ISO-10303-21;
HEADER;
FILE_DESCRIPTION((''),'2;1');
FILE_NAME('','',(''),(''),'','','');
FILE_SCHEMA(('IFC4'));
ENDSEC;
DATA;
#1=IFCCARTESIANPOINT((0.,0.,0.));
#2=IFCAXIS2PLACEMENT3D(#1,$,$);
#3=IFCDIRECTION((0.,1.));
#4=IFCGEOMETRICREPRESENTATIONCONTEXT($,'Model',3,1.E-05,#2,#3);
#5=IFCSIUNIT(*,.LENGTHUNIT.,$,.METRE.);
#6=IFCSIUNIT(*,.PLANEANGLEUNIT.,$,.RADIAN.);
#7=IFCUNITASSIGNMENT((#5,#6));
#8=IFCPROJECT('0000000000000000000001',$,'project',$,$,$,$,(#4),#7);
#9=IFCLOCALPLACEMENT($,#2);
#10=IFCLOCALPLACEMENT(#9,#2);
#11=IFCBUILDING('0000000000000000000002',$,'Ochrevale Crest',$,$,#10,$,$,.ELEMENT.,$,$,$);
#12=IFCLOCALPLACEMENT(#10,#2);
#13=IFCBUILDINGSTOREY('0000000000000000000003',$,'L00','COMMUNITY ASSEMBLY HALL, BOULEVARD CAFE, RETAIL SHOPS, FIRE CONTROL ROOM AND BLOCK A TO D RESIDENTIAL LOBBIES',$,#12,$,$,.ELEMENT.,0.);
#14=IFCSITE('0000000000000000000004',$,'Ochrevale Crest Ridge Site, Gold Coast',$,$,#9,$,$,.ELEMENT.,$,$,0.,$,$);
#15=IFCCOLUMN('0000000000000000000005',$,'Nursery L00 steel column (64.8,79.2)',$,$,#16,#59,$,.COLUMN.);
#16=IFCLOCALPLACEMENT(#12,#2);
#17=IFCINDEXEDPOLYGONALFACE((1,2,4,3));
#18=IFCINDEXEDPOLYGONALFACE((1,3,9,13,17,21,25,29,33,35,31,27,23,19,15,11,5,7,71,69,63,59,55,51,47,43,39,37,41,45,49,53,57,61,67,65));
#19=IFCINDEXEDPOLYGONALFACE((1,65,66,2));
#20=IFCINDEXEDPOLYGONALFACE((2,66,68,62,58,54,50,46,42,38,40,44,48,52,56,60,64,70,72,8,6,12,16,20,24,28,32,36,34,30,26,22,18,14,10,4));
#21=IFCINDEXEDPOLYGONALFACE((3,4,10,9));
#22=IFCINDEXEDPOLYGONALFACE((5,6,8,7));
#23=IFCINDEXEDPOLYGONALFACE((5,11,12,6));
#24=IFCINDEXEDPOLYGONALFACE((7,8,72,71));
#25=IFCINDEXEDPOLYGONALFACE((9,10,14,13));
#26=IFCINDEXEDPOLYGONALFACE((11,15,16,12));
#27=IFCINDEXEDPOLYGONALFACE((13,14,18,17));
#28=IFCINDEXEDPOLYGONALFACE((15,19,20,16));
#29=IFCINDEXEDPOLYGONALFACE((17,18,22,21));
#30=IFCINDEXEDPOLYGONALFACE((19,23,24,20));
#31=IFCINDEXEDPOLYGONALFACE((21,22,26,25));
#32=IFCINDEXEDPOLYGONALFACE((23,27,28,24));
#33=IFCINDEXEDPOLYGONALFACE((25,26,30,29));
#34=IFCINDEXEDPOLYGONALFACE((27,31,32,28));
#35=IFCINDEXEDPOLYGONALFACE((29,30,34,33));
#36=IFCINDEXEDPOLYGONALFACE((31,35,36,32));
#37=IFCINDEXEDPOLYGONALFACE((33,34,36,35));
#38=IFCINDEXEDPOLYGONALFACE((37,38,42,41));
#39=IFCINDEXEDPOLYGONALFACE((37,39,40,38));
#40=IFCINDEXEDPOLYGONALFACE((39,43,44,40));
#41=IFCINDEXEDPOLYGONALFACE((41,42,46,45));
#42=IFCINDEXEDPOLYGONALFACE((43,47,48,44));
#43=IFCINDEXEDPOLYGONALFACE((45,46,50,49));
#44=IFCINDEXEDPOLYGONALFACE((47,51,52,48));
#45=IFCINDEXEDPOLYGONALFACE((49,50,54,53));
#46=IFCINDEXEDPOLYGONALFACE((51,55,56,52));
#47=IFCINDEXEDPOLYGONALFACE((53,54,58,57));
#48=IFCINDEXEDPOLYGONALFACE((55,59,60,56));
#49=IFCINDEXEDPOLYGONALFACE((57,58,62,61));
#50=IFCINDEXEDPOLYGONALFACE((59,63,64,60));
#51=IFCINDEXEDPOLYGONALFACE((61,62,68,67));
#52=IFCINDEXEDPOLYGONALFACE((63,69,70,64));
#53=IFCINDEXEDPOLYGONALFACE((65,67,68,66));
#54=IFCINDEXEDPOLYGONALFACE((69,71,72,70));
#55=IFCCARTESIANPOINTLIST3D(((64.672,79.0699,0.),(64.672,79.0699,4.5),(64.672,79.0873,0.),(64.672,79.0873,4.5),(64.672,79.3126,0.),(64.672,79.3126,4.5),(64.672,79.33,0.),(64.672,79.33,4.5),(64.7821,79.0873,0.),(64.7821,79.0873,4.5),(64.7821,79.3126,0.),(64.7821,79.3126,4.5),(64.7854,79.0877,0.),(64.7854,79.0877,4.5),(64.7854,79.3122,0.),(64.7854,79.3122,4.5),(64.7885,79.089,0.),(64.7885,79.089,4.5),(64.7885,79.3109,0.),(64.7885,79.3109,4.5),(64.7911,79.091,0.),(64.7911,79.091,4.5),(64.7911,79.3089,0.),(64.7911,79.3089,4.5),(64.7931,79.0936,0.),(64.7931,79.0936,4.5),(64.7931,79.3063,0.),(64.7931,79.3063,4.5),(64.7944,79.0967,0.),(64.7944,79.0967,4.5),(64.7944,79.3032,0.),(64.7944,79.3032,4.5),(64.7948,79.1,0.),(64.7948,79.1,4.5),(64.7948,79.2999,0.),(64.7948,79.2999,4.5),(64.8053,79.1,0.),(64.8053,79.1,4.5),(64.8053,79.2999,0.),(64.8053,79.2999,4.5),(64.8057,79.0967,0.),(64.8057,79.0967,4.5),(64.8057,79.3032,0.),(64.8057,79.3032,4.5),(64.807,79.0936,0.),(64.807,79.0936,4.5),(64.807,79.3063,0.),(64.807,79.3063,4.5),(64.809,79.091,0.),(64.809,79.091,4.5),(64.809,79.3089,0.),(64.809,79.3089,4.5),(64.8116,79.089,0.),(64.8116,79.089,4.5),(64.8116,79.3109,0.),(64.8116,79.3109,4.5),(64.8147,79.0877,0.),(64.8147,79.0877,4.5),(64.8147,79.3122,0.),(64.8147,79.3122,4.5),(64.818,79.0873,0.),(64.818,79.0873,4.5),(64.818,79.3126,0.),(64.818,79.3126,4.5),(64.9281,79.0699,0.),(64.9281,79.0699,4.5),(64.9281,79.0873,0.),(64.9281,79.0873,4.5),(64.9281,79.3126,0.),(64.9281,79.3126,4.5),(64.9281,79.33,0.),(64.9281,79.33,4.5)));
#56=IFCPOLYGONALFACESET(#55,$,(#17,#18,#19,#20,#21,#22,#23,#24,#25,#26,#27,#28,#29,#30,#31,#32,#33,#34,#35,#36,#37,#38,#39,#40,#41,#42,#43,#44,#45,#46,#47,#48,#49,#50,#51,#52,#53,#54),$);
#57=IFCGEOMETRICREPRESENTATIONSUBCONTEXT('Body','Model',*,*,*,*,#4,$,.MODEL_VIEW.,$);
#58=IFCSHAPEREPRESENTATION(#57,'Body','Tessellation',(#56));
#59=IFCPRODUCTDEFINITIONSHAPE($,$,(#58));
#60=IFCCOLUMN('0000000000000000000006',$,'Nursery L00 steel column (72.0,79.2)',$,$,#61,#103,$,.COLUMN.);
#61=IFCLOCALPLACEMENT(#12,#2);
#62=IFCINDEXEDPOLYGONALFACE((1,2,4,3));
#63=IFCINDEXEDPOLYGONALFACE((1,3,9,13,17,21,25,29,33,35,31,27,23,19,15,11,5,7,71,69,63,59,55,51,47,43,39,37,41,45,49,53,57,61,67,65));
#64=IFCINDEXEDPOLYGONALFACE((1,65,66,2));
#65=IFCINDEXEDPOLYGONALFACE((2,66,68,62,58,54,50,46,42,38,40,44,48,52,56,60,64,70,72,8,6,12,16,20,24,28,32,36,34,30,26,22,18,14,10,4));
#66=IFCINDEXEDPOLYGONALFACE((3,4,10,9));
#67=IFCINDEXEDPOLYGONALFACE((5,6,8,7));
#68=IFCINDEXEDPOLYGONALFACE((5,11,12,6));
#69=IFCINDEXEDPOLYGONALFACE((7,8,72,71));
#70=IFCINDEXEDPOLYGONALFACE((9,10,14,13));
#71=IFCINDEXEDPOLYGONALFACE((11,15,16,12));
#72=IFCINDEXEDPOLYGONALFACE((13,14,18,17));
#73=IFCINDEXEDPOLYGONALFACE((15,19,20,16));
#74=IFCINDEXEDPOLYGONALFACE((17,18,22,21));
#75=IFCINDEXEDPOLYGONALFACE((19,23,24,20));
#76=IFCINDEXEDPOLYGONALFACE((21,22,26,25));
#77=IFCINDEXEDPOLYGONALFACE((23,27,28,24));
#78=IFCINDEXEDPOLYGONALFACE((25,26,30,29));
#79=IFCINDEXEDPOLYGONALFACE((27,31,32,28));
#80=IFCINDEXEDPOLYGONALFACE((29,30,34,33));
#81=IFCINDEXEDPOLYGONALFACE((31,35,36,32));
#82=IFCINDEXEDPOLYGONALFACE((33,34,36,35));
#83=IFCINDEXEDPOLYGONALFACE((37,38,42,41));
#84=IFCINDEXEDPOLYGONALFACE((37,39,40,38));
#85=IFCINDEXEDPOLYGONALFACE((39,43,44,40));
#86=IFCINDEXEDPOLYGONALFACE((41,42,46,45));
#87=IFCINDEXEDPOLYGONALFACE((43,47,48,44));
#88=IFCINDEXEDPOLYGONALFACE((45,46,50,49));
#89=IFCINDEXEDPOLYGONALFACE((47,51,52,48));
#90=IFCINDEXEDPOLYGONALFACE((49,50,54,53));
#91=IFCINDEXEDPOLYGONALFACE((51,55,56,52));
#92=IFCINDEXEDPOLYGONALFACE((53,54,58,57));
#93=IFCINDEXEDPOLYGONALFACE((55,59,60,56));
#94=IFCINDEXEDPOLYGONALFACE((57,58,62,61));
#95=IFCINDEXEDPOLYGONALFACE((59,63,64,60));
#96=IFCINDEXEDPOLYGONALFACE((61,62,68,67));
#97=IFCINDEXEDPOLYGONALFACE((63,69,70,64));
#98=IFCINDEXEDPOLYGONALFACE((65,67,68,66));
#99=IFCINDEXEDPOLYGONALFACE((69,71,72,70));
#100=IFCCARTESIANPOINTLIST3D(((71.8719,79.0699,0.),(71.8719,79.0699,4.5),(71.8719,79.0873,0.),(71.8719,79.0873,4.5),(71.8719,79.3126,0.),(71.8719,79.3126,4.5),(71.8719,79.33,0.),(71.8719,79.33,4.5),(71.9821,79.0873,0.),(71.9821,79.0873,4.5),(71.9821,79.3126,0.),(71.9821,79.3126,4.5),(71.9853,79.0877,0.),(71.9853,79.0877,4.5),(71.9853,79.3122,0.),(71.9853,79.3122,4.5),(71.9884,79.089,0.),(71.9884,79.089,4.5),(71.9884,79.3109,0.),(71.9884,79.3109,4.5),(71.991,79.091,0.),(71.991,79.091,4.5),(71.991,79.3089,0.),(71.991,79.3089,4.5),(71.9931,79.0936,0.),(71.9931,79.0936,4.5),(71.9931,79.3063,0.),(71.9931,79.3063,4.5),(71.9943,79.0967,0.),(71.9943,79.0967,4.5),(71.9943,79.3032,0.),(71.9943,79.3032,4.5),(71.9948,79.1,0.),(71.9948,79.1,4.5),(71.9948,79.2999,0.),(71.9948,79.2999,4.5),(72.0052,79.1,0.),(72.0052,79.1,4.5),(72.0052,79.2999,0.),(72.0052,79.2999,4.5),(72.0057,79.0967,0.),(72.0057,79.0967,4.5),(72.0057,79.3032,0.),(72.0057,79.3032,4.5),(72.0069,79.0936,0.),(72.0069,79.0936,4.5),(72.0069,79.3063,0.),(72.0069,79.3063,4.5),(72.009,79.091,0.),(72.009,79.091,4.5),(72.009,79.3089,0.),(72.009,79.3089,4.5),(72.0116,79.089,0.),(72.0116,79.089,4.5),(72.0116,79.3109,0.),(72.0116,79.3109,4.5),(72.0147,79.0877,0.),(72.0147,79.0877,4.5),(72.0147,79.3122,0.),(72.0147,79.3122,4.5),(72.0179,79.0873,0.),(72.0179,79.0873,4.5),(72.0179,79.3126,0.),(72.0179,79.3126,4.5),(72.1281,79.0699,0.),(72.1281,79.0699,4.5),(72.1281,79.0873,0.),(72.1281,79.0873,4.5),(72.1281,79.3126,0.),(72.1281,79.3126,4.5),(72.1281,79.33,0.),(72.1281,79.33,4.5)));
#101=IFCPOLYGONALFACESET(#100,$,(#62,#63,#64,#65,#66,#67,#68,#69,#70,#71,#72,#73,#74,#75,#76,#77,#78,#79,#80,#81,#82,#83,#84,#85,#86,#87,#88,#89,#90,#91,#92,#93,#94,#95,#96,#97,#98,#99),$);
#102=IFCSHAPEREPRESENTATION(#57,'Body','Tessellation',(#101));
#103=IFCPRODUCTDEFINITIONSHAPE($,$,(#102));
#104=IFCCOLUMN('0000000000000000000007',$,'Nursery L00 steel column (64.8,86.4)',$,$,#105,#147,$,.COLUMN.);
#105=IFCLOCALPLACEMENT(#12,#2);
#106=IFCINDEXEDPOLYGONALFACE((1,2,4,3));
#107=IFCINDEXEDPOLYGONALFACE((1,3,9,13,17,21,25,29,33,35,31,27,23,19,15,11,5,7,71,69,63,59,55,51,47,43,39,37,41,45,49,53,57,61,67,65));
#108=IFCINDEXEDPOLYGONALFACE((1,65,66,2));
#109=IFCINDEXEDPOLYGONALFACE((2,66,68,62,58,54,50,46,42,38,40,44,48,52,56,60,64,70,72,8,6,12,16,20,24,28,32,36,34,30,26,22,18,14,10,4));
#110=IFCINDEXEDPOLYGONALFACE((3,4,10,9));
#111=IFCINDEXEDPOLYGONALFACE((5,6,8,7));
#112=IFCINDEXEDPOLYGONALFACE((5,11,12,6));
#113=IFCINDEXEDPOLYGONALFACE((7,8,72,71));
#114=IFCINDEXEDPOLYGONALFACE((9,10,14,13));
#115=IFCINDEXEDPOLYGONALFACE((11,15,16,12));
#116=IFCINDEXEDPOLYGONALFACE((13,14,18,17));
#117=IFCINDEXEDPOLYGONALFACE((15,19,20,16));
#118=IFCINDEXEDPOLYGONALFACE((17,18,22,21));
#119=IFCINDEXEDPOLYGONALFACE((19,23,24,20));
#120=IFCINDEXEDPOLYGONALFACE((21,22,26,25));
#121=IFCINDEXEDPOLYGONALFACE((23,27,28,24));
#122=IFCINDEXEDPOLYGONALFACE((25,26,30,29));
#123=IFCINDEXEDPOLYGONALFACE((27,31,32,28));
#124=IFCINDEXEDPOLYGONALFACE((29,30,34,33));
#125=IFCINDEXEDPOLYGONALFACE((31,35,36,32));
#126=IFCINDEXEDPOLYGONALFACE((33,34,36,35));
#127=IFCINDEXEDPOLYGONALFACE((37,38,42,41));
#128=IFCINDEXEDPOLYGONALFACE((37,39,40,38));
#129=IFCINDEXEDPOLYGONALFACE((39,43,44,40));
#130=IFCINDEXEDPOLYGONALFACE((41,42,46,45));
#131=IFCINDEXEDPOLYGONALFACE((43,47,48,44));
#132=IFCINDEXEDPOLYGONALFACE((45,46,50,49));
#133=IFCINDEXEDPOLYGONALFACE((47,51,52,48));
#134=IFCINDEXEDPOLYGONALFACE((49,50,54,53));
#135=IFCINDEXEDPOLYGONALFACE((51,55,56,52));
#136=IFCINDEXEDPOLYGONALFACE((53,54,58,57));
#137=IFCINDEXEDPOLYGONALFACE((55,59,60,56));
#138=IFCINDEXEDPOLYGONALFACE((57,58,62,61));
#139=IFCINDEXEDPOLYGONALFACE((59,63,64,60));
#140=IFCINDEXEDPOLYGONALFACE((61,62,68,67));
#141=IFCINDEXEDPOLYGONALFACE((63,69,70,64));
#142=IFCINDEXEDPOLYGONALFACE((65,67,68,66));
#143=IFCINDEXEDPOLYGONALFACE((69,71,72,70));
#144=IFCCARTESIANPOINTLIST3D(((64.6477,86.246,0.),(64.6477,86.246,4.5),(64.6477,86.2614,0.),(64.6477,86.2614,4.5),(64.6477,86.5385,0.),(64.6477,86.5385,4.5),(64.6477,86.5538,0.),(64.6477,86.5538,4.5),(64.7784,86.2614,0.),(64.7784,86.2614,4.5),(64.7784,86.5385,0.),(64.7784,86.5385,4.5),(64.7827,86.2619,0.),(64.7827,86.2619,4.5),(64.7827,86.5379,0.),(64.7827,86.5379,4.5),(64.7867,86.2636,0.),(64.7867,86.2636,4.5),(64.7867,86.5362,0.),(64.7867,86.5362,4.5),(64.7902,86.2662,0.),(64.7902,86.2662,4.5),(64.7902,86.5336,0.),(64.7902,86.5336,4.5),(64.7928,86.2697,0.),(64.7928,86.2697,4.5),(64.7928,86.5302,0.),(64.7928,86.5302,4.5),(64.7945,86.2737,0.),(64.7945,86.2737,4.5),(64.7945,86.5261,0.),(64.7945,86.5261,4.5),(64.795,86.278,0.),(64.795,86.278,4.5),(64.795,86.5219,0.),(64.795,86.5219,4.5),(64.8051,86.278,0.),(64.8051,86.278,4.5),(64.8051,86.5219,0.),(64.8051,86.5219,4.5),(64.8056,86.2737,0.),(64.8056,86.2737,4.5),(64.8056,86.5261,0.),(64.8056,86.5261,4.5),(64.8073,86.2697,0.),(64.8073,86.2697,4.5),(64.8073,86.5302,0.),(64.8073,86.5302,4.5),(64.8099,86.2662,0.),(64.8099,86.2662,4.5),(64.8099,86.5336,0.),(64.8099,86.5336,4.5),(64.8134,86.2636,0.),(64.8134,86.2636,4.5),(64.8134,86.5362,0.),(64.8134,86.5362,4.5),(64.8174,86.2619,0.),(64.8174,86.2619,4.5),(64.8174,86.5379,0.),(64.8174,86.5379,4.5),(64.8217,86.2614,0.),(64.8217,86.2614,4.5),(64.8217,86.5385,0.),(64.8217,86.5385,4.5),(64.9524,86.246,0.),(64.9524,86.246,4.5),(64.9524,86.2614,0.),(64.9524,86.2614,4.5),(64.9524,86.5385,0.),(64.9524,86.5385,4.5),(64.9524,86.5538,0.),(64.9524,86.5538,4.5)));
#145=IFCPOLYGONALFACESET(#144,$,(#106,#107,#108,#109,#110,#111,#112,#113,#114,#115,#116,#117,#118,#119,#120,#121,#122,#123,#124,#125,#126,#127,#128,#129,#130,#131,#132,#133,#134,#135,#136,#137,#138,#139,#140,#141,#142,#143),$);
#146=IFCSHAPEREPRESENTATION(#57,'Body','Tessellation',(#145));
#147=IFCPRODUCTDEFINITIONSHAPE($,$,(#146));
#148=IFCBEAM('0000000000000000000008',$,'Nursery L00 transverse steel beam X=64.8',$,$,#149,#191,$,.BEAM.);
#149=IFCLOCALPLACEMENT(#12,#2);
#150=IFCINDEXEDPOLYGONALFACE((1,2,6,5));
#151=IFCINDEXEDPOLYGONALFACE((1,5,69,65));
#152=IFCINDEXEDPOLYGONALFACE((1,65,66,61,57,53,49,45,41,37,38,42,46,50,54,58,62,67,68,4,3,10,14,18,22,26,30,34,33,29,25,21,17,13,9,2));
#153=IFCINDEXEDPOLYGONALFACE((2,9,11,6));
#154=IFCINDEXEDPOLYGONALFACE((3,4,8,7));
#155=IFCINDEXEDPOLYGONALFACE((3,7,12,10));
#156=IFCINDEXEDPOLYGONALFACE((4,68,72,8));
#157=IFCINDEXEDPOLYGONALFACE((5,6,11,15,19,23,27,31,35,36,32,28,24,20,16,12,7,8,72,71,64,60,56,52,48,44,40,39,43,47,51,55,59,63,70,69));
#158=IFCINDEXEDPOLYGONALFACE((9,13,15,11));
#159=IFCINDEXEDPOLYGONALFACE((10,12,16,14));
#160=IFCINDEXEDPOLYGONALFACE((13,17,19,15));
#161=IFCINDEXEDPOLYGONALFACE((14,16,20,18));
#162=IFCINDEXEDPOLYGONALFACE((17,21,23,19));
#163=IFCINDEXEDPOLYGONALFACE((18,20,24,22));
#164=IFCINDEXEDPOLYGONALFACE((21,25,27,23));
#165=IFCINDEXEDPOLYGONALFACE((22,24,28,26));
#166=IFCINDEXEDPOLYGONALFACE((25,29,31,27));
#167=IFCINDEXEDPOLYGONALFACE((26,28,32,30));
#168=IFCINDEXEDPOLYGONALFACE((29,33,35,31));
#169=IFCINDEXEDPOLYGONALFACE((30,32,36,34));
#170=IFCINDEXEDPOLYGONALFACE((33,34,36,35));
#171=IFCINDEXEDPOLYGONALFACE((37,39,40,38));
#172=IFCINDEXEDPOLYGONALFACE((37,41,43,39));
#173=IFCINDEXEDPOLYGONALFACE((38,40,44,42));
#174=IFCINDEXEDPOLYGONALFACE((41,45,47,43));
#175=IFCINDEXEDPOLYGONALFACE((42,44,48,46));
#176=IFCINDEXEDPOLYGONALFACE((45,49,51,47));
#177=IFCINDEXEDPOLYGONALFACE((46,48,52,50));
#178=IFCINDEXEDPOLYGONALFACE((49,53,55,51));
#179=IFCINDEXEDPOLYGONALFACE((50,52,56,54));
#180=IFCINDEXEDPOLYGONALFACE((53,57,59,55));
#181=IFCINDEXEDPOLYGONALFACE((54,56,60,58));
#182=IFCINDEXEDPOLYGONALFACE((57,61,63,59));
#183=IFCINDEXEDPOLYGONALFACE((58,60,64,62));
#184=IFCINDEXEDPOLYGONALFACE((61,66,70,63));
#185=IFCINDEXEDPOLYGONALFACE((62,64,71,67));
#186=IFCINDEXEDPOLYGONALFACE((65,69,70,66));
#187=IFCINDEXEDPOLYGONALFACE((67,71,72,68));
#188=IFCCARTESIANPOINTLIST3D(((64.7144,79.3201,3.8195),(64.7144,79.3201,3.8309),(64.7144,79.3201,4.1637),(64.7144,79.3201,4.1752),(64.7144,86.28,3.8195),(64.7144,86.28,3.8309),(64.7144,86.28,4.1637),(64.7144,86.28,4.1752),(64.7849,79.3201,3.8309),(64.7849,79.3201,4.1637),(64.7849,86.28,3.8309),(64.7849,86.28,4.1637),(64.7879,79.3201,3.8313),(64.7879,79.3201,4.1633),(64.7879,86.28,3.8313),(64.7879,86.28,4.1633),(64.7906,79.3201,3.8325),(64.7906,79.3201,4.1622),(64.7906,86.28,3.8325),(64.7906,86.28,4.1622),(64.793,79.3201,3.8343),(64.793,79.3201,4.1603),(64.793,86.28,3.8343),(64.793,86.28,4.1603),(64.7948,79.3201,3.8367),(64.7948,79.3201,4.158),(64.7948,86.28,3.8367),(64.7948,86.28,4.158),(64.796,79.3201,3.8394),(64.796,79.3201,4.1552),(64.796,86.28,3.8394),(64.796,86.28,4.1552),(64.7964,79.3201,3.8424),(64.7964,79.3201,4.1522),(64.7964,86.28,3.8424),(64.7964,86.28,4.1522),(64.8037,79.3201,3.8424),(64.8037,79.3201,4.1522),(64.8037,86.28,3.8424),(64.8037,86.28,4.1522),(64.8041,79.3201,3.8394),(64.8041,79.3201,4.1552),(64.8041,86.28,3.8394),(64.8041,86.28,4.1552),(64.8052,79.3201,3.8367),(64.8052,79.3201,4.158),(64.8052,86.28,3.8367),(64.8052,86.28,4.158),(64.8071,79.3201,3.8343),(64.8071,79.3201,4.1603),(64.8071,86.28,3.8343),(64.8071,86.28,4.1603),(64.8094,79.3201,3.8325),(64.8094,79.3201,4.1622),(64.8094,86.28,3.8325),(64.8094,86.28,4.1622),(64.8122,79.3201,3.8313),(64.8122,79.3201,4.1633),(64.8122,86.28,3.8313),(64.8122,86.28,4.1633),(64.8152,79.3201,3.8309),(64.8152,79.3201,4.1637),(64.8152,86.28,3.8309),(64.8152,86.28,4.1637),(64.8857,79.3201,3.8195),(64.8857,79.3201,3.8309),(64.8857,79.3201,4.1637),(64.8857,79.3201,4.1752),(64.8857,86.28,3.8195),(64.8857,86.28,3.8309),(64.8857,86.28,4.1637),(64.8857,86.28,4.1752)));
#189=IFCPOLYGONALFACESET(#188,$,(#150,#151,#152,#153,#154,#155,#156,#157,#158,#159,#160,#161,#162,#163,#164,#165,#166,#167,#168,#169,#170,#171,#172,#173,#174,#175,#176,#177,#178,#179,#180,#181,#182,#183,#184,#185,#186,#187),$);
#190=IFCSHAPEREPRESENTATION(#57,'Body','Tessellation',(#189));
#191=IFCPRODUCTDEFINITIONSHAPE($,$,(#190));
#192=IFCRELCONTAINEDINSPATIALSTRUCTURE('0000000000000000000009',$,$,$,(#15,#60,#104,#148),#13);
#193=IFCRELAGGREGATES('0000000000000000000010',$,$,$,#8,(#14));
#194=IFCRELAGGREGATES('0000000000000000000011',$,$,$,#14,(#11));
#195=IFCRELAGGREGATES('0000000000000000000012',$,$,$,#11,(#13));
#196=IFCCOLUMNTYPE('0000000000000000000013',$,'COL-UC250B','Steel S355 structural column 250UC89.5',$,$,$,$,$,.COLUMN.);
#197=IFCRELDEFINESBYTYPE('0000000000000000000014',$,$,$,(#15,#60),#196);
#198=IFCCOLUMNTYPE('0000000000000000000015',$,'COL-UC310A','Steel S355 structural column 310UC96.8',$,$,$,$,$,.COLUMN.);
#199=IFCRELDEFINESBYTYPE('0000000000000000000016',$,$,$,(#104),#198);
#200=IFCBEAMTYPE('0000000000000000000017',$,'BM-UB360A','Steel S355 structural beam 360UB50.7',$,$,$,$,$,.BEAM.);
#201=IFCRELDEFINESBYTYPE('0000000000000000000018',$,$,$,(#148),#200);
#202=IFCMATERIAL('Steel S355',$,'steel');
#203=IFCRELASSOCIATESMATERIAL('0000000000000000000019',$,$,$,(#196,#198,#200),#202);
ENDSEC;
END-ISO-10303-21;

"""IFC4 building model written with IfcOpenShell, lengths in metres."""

from ifc_helpers import new_model, si_unit, direction, frame, origin, origin_2d, place, context, subcontext, project, spatial, i_section, extrude, material, material_profile, profile_set, type_object, element, save


model = new_model("IFC4")

# Units and contexts
model_context = context("Model", 3, precision=1e-05, world=origin(), true_north=direction((0.0, 1.0)))
body_context = subcontext(model_context, "Body", "Model", "MODEL_VIEW")
ifc_project = project(units=[si_unit("LENGTHUNIT", "METRE"), si_unit("PLANEANGLEUNIT", "RADIAN")], contexts=[model_context])

# Site, building, storey
site_placement = place(None, origin())
site = spatial("IfcSite", under=ifc_project, at=site_placement, Name="Ochrevale Crest Ridge Site, Gold Coast", CompositionType="ELEMENT", RefElevation=0.0)
building_placement = place(site_placement, origin())
building = spatial("IfcBuilding", under=site, at=building_placement, Name="Ochrevale Crest", CompositionType="ELEMENT")
storey_placement = place(building_placement, origin())
storey = spatial("IfcBuildingStorey", under=building, at=storey_placement, Name="L00", Description="COMMUNITY ASSEMBLY HALL, BOULEVARD CAFE, RETAIL SHOPS, FIRE CONTROL ROOM AND BLOCK A TO D RESIDENTIAL LOBBIES", CompositionType="ELEMENT", Elevation=0.0)

# Columns
ifc_material_1 = material(Name="Steel S355", Category="steel")
ifc_material_profile_1 = material_profile(ifc_material_1, i_section(OverallWidth=0.2561, OverallDepth=0.26, WebThickness=0.0105, FlangeThickness=0.0173, FilletRadius=0.0127, at=origin_2d()), Name="250UC89.5")
ifc_profile_set_1 = profile_set([ifc_material_profile_1], Name="Steel S355")
column_type_1 = type_object("IfcColumnType", Name="COL-UC250B", Description="Steel S355 structural column 250UC89.5", PredefinedType="COLUMN", material=ifc_profile_set_1)
for number, where, z_axis, x_axis, name in (
    (1, (64.8, 79.2, 0.0), (0.0, 0.0, 1.0), (1.0, 0.0, 0.0), "Nursery L00 steel column (64.8,79.2)"),
    (2, (72.0, 79.2, 0.0), (0.0, 0.0, 1.0), (1.0, 0.0, 0.0), "Nursery L00 steel column (72.0,79.2)"),
):
    element("IfcColumn", number, at=place(storey_placement, frame(where, z_axis=z_axis, x_axis=x_axis)), inside=storey, type_object=column_type_1, Name=name, PredefinedType="COLUMN", context=body_context, shape_type="SweptSolid", body=[
        extrude(i_section(OverallWidth=0.2561, OverallDepth=0.26, WebThickness=0.0105, FlangeThickness=0.0173, FilletRadius=0.0127, at=origin_2d()), origin(), (0.0, 0.0, 1.0), 4.5),
    ])
ifc_material_profile_2 = material_profile(ifc_material_1, i_section(OverallWidth=0.3047, OverallDepth=0.3079, WebThickness=0.01, FlangeThickness=0.0154, FilletRadius=0.0166, at=origin_2d()), Name="310UC96.8")
ifc_profile_set_2 = profile_set([ifc_material_profile_2], Name="Steel S355")
column_type_2 = type_object("IfcColumnType", Name="COL-UC310A", Description="Steel S355 structural column 310UC96.8", PredefinedType="COLUMN", material=ifc_profile_set_2)
column_placement = place(storey_placement, frame((64.8, 86.3999, 0.0), z_axis=(0.0, 0.0, 1.0), x_axis=(1.0, 0.0, 0.0)))
element("IfcColumn", 3, at=column_placement, inside=storey, type_object=column_type_2, Name="Nursery L00 steel column (64.8,86.4)", PredefinedType="COLUMN", context=body_context, shape_type="SweptSolid", body=[
    extrude(i_section(OverallWidth=0.3047, OverallDepth=0.3079, WebThickness=0.01, FlangeThickness=0.0154, FilletRadius=0.0166, at=origin_2d()), origin(), (0.0, 0.0, 1.0), 4.5),
])

# Beam
ifc_material_profile_3 = material_profile(ifc_material_1, i_section(OverallWidth=0.1714, OverallDepth=0.3557, WebThickness=0.0073, FlangeThickness=0.0115, FilletRadius=0.0115, at=origin_2d()), Name="360UB50.7")
ifc_profile_set_3 = profile_set([ifc_material_profile_3], Name="Steel S355")
beam_type_1 = type_object("IfcBeamType", Name="BM-UB360A", Description="Steel S355 structural beam 360UB50.7", PredefinedType="BEAM", material=ifc_profile_set_3)
for number, where, z_axis, x_axis, name in (
    (4, (64.8, 79.3201, 3.9973), (0.0, 1.0, 0.0), (-1.0, 0.0, 0.0), "Nursery L00 transverse steel beam X=64.8"),
):
    element("IfcBeam", number, at=place(storey_placement, frame(where, z_axis=z_axis, x_axis=x_axis)), inside=storey, type_object=beam_type_1, Name=name, PredefinedType="BEAM", context=body_context, shape_type="SweptSolid", body=[
        extrude(i_section(OverallWidth=0.1714, OverallDepth=0.3557, WebThickness=0.0073, FlangeThickness=0.0115, FilletRadius=0.0115, at=origin_2d()), origin(), (0.0, 0.0, 1.0), 6.96),
    ])

save(model, "model.ifc")
